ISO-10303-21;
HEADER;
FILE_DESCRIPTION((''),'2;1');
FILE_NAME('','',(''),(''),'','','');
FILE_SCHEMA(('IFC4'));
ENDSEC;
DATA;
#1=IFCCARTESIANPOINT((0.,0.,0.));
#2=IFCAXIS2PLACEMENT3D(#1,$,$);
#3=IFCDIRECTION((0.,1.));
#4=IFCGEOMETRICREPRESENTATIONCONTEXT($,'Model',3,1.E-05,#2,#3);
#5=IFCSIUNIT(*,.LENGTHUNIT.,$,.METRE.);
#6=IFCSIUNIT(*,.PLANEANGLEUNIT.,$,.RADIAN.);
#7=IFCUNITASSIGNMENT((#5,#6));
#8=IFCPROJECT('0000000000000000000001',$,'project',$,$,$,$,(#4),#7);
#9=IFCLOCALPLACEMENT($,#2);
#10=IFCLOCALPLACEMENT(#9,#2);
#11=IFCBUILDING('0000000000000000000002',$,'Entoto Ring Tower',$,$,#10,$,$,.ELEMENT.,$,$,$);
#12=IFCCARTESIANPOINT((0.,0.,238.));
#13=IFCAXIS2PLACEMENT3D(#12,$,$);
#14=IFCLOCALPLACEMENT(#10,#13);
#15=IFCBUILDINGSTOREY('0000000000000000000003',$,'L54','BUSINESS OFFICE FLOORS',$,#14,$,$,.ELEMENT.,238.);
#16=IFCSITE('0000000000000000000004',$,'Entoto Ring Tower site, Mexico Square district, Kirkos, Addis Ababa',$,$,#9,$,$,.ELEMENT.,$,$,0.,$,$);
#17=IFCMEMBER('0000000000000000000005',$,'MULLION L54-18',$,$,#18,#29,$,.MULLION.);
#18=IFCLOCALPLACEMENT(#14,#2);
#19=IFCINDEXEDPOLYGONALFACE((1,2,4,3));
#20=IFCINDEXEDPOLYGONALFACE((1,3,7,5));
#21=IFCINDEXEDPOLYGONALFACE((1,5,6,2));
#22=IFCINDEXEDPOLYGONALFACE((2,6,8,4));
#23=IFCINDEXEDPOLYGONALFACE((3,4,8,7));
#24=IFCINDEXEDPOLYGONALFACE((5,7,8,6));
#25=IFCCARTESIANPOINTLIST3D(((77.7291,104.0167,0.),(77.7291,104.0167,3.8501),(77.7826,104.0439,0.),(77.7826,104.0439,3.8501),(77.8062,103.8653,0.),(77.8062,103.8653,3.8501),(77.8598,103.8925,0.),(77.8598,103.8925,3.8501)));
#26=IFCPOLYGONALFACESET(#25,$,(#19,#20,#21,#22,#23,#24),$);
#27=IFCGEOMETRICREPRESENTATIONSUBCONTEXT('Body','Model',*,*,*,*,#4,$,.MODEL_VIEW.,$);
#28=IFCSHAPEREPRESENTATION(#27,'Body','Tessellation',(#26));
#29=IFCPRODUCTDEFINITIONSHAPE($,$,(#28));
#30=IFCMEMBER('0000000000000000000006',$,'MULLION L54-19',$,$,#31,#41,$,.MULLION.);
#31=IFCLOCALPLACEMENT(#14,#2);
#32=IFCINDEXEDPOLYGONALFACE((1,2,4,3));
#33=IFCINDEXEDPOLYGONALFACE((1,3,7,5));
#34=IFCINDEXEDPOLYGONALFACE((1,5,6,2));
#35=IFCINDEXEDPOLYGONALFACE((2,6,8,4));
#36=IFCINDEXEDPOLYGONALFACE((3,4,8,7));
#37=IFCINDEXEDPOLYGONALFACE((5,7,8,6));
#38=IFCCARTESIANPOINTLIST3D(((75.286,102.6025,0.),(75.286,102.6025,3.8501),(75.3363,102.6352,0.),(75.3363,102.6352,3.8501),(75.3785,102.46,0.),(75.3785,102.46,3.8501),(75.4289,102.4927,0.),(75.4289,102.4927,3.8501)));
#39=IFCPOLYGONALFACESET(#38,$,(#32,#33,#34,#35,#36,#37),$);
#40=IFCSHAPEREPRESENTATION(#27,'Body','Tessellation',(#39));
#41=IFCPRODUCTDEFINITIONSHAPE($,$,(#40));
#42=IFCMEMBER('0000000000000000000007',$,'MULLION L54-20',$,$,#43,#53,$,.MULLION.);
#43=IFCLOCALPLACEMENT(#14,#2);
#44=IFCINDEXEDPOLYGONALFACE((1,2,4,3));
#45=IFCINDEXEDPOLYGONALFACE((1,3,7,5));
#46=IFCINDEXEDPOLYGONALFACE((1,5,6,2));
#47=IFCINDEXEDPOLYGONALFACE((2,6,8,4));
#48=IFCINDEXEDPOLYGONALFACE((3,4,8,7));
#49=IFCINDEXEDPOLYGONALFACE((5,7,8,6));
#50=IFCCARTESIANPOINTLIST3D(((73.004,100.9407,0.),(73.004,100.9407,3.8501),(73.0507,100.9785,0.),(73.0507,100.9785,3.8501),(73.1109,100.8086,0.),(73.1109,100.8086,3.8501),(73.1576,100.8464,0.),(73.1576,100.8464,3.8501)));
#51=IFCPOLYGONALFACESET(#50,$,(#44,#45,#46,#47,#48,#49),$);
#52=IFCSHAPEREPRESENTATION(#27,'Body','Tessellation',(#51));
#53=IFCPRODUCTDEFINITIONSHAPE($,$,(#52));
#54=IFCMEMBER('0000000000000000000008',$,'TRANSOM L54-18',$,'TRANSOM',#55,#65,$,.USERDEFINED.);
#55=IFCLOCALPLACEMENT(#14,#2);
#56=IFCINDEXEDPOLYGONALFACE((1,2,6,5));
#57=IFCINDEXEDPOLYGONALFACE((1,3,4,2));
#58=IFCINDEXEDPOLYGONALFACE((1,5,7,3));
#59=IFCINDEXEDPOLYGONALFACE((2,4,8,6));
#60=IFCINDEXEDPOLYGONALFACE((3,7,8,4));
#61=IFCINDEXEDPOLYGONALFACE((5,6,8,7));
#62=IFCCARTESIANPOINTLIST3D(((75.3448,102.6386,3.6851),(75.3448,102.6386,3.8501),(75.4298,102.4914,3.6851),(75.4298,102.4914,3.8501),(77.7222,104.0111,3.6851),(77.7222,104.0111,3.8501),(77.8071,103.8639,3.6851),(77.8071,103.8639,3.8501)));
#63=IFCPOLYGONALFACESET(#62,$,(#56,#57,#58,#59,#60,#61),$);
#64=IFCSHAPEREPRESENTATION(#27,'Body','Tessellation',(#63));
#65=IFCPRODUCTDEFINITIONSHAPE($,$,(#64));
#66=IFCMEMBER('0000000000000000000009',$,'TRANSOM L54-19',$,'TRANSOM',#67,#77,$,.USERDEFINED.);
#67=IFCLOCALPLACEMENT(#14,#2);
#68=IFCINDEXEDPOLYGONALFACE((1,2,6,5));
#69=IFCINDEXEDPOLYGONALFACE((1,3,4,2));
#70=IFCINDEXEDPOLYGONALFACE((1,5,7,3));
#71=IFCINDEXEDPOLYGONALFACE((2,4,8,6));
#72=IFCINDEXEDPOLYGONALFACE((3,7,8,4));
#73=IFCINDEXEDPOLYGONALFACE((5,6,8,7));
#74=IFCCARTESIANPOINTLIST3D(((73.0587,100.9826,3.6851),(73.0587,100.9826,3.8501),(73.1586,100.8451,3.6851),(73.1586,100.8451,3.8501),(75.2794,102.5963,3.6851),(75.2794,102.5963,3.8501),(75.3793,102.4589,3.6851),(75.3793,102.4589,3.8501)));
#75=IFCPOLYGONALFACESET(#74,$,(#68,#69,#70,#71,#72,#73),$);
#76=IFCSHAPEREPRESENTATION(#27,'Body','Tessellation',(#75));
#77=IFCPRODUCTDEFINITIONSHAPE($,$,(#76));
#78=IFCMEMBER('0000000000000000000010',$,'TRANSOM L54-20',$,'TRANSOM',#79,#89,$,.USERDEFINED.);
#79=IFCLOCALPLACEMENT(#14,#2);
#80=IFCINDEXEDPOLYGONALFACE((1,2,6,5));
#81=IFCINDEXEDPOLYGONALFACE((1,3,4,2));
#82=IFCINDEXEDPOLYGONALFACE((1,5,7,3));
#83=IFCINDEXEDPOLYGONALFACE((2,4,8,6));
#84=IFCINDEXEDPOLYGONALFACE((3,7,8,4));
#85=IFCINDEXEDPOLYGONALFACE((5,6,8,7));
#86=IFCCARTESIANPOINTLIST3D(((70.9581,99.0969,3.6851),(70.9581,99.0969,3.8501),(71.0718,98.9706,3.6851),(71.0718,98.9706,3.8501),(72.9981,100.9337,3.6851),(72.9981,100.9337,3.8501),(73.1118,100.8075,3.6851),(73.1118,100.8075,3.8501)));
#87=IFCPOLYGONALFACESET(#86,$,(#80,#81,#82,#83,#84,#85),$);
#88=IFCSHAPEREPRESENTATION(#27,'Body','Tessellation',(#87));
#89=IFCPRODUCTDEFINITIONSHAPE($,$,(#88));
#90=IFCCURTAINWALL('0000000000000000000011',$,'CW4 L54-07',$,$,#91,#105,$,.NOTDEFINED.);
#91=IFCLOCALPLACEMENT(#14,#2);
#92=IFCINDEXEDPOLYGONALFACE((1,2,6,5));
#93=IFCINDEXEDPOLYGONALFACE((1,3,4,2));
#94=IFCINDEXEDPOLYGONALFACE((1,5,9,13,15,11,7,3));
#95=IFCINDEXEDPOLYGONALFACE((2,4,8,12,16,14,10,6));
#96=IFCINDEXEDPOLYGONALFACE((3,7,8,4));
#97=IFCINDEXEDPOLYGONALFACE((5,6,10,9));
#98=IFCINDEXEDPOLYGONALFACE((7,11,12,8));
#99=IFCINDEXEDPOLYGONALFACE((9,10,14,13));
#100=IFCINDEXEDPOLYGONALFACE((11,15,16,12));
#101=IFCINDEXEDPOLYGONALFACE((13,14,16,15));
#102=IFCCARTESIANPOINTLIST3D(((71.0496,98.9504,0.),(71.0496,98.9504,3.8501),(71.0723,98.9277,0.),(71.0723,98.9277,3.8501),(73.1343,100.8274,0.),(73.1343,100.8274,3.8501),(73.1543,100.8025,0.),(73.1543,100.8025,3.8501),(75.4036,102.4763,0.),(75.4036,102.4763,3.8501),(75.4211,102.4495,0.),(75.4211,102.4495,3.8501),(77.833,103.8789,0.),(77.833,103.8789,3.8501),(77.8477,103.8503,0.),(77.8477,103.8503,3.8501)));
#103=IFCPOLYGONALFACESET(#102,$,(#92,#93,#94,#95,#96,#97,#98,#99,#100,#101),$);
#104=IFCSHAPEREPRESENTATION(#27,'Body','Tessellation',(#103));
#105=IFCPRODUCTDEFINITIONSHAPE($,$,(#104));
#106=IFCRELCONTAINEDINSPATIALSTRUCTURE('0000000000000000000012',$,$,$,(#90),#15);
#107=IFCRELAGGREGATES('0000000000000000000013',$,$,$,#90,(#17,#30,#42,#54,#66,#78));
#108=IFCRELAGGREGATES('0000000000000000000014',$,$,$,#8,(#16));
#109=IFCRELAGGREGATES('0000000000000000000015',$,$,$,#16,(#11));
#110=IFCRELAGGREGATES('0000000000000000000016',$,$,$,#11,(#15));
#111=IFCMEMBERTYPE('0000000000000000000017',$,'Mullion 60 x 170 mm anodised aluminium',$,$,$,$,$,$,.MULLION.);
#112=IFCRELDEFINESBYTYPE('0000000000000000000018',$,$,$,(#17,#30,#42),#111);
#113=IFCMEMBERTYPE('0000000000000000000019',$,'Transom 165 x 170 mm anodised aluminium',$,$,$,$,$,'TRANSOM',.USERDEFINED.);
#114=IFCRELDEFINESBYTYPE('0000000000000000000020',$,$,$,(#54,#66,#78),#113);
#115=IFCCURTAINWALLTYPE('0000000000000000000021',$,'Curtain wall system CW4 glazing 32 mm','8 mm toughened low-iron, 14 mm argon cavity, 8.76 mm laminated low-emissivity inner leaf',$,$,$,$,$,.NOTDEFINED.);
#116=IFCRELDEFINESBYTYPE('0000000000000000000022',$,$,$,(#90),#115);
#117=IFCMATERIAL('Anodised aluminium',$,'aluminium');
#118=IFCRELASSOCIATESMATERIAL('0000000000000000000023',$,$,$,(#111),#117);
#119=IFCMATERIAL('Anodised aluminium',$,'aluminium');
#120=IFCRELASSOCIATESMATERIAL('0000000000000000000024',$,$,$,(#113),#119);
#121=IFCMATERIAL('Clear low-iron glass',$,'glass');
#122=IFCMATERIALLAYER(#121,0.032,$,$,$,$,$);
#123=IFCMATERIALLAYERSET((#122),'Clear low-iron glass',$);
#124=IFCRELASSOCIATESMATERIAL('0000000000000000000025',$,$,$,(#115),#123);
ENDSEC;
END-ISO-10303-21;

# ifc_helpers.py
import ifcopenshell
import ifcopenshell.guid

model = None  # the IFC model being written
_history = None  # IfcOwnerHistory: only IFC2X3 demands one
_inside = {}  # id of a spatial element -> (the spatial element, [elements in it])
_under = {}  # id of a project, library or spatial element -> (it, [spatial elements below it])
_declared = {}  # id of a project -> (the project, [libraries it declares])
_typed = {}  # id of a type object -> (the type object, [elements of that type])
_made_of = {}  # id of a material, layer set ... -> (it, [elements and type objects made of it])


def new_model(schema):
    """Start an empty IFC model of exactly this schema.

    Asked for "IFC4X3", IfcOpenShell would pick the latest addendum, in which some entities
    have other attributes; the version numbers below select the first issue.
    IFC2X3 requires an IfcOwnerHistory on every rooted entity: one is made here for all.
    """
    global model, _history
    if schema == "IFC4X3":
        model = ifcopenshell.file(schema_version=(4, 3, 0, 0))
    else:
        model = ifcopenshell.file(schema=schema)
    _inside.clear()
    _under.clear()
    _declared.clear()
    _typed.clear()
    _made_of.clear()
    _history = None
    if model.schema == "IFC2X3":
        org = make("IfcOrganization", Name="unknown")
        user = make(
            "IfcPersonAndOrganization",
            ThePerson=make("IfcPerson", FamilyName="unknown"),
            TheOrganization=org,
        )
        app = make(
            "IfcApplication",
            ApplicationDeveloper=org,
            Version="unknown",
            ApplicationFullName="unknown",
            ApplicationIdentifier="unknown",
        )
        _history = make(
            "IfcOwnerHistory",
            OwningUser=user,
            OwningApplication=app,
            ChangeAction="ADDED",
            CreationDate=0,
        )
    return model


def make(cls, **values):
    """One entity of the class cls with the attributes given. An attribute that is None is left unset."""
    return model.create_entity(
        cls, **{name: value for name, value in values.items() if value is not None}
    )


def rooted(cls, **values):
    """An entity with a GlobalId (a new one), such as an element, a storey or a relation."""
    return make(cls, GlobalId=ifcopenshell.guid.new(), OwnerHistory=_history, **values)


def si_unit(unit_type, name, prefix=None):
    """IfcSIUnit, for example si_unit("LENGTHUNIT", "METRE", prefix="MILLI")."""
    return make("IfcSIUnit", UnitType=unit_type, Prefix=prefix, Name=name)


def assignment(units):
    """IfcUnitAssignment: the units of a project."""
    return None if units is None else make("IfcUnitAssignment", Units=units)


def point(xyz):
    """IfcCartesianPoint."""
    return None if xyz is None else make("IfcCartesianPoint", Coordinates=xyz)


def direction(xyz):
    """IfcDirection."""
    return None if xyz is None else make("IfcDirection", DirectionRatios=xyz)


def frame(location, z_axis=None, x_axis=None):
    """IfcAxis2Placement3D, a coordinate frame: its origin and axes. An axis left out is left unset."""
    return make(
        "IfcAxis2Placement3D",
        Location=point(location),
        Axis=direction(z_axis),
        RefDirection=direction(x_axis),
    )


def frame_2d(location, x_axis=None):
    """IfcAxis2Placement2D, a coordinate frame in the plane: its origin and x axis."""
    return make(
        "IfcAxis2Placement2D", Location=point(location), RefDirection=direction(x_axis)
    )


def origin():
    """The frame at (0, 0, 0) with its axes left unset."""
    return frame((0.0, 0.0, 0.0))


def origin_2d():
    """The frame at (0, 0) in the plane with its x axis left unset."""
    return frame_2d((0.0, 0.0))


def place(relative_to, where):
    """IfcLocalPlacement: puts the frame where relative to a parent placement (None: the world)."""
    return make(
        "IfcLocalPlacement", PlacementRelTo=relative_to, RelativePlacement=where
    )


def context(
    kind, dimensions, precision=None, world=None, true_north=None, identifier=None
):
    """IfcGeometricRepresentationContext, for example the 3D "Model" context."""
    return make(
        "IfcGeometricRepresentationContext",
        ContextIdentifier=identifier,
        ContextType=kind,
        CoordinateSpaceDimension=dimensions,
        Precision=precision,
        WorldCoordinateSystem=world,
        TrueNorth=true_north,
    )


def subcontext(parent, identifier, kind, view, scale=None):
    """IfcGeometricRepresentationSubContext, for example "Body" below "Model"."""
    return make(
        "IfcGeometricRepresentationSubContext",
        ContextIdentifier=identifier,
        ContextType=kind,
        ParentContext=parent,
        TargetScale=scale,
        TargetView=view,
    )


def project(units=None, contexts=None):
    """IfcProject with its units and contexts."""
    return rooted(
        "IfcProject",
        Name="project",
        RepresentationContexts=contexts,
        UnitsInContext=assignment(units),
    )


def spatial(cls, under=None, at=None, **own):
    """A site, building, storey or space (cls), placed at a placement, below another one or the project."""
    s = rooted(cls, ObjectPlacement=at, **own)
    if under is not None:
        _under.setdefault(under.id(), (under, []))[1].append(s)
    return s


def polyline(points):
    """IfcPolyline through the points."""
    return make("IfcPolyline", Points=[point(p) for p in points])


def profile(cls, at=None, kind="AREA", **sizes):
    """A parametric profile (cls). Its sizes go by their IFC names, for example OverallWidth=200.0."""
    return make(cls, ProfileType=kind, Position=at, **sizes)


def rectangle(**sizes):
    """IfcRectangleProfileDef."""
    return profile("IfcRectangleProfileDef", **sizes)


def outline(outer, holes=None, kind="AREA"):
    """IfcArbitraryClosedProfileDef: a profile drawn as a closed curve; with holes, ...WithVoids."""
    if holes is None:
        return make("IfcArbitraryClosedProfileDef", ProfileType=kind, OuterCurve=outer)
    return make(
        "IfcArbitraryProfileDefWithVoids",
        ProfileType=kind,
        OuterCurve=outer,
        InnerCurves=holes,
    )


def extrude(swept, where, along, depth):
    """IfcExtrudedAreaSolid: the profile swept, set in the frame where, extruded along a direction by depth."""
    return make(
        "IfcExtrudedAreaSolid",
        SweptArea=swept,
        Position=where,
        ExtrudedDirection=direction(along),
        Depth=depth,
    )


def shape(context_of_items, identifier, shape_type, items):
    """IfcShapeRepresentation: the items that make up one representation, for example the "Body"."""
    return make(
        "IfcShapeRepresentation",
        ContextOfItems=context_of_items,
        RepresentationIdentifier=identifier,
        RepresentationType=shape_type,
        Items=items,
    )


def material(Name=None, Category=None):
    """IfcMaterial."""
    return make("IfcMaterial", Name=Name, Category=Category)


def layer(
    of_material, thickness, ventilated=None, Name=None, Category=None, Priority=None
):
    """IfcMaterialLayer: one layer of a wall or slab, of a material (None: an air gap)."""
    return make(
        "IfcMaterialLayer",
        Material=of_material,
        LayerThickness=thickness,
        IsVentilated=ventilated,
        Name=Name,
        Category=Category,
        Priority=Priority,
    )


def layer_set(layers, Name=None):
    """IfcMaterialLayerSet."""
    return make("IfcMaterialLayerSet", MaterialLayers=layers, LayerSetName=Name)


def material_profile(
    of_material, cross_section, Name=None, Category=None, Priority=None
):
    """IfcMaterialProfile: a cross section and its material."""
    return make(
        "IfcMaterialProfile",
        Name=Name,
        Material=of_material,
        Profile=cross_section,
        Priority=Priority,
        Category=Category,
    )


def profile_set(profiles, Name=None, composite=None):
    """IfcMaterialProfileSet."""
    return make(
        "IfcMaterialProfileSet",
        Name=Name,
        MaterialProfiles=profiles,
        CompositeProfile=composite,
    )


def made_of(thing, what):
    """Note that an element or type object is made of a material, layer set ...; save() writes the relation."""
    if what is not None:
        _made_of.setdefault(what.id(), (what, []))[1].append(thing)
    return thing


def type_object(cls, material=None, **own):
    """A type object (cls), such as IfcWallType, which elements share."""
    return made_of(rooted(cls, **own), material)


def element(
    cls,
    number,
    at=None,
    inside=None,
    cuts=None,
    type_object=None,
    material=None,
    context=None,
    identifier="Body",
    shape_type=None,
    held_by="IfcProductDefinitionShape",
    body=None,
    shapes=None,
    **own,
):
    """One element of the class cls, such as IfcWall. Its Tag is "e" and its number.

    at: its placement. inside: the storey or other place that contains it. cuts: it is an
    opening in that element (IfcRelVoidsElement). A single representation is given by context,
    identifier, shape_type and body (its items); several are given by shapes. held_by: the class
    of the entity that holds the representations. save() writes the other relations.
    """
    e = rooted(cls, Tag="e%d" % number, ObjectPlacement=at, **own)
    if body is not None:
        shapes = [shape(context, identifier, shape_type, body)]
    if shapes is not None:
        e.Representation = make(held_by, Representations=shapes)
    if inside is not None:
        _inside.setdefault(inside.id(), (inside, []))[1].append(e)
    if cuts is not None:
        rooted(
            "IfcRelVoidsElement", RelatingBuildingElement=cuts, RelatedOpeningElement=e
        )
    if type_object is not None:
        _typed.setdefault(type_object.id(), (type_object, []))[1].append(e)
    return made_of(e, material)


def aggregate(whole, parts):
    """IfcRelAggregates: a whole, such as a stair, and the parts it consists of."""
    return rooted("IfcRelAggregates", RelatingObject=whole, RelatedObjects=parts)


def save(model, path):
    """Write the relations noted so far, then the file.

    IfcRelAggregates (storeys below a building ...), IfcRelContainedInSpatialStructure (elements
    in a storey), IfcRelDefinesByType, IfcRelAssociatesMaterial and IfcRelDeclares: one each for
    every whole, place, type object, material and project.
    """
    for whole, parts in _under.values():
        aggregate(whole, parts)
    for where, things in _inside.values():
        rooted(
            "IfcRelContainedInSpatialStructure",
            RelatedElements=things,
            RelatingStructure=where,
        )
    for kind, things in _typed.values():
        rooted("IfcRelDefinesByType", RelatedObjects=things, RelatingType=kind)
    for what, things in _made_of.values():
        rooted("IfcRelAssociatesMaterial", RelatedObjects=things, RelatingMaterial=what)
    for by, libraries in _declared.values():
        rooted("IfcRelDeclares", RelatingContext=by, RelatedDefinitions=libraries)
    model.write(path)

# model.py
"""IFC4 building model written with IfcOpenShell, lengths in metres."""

from ifc_helpers import new_model, si_unit, direction, frame, origin, origin_2d, place, context, subcontext, project, spatial, polyline, rectangle, outline, extrude, material, layer, layer_set, material_profile, profile_set, type_object, element, aggregate, save


model = new_model("IFC4")

# Units and contexts
model_context = context("Model", 3, precision=1e-05, world=origin(), true_north=direction((0.0, 1.0)))
body_context = subcontext(model_context, "Body", "Model", "MODEL_VIEW")
ifc_project = project(units=[si_unit("LENGTHUNIT", "METRE"), si_unit("PLANEANGLEUNIT", "RADIAN")], contexts=[model_context])

# Members
ifc_material_1 = material(Name="Anodised aluminium", Category="aluminium")
ifc_material_profile_1 = material_profile(ifc_material_1, rectangle(XDim=0.0601, YDim=0.1699, at=origin_2d()), Name="Mullion 60 x 170 mm anodised aluminium")
ifc_profile_set_1 = profile_set([ifc_material_profile_1], Name="Anodised aluminium")
member_type_1 = type_object("IfcMemberType", Name="Mullion 60 x 170 mm anodised aluminium", PredefinedType="MULLION", material=ifc_profile_set_1)
site_placement = place(None, origin())
building_placement = place(site_placement, origin())
storey_placement = place(building_placement, frame((0.0, 0.0, 238.0)))
member_1_placement = place(storey_placement, frame((77.7944, 103.9546, 0.0), z_axis=(0.0, 0.0, 1.0), x_axis=(-0.891007, -0.45399, 0.0)))
member_1 = element("IfcMember", 1, at=member_1_placement, type_object=member_type_1, Name="MULLION L54-18", PredefinedType="MULLION", context=body_context, shape_type="SweptSolid", body=[
    extrude(rectangle(XDim=0.0601, YDim=0.1699, at=origin_2d()), origin(), (0.0, 0.0, 1.0), 3.8501),
])
member_2_placement = place(storey_placement, frame((75.3574, 102.5476, 0.0), z_axis=(0.0, 0.0, 1.0), x_axis=(-0.838671, -0.544639, 0.0)))
member_2 = element("IfcMember", 2, at=member_2_placement, type_object=member_type_1, Name="MULLION L54-19", PredefinedType="MULLION", context=body_context, shape_type="SweptSolid", body=[
    extrude(rectangle(XDim=0.0601, YDim=0.1699, at=origin_2d()), origin(), (0.0, 0.0, 1.0), 3.8501),
])
member_3_placement = place(storey_placement, frame((73.0808, 100.8936, 0.0), z_axis=(0.0, 0.0, 1.0), x_axis=(-0.777146, -0.62932, 0.0)))
member_3 = element("IfcMember", 3, at=member_3_placement, type_object=member_type_1, Name="MULLION L54-20", PredefinedType="MULLION", context=body_context, shape_type="SweptSolid", body=[
    extrude(rectangle(XDim=0.0601, YDim=0.1699, at=origin_2d()), origin(), (0.0, 0.0, 1.0), 3.8501),
])
ifc_material_2 = material(Name="Anodised aluminium", Category="aluminium")
ifc_material_profile_2 = material_profile(ifc_material_2, rectangle(XDim=0.1699, YDim=0.165, at=origin_2d()), Name="Transom 165 x 170 mm anodised aluminium")
ifc_profile_set_2 = profile_set([ifc_material_profile_2], Name="Anodised aluminium")
member_type_2 = type_object("IfcMemberType", Name="Transom 165 x 170 mm anodised aluminium", ElementType="TRANSOM", PredefinedType="USERDEFINED", material=ifc_profile_set_2)
member_4_placement = place(storey_placement, frame((77.7646, 103.9375, 3.7676), z_axis=(-0.866035, -0.499984, 0.0), x_axis=(0.499984, -0.866035, 0.0)))
member_4 = element("IfcMember", 4, at=member_4_placement, type_object=member_type_2, Name="TRANSOM L54-18", ObjectType="TRANSOM", PredefinedType="USERDEFINED", context=body_context, shape_type="SweptSolid", body=[
    extrude(rectangle(XDim=0.1699, YDim=0.165, at=origin_2d()), origin(), (0.0, 0.0, 1.0), 2.7451),
])
member_5_placement = place(storey_placement, frame((75.3293, 102.5276, 3.7676), z_axis=(-0.808959, -0.587865, 0.0), x_axis=(0.587865, -0.808959, 0.0)))
member_5 = element("IfcMember", 5, at=member_5_placement, type_object=member_type_2, Name="TRANSOM L54-19", ObjectType="TRANSOM", PredefinedType="USERDEFINED", context=body_context, shape_type="SweptSolid", body=[
    extrude(rectangle(XDim=0.1699, YDim=0.165, at=origin_2d()), origin(), (0.0, 0.0, 1.0), 2.7451),
])
member_6_placement = place(storey_placement, frame((73.0549, 100.8706, 3.7676), z_axis=(-0.743135, -0.669142, 0.0), x_axis=(0.669142, -0.743135, 0.0)))
member_6 = element("IfcMember", 6, at=member_6_placement, type_object=member_type_2, Name="TRANSOM L54-20", ObjectType="TRANSOM", PredefinedType="USERDEFINED", context=body_context, shape_type="SweptSolid", body=[
    extrude(rectangle(XDim=0.1699, YDim=0.165, at=origin_2d()), origin(), (0.0, 0.0, 1.0), 2.7451),
])

# Site, building, storey
site = spatial("IfcSite", under=ifc_project, at=site_placement, Name="Entoto Ring Tower site, Mexico Square district, Kirkos, Addis Ababa", CompositionType="ELEMENT", RefElevation=0.0)
building = spatial("IfcBuilding", under=site, at=building_placement, Name="Entoto Ring Tower", CompositionType="ELEMENT")
storey = spatial("IfcBuildingStorey", under=building, at=storey_placement, Name="L54", Description="BUSINESS OFFICE FLOORS", CompositionType="ELEMENT", Elevation=238.0)

# Curtain wall
ifc_material_3 = material(Name="Clear low-iron glass", Category="glass")
ifc_layer = layer(ifc_material_3, 0.032)
ifc_layer_set = layer_set([ifc_layer], Name="Clear low-iron glass")
curtain_wall_type = type_object("IfcCurtainWallType", Name="Curtain wall system CW4 glazing 32 mm", Description="8 mm toughened low-iron, 14 mm argon cavity, 8.76 mm laminated low-emissivity inner leaf", PredefinedType="NOTDEFINED", material=ifc_layer_set)
curtain_wall_1_placement = place(storey_placement, origin())
curtain_wall_1 = element("IfcCurtainWall", 7, at=curtain_wall_1_placement, inside=storey, type_object=curtain_wall_type, Name="CW4 L54-07", PredefinedType="NOTDEFINED", context=body_context, shape_type="SweptSolid", body=[
    extrude(outline(polyline([(77.833, 103.8789), (75.4036, 102.4763), (73.1343, 100.8274), (71.0496, 98.9504), (71.0723, 98.9277), (73.1543, 100.8025), (75.4211, 102.4495), (77.8477, 103.8503), (77.833, 103.8789)])), origin(), (0.0, 0.0, 1.0), 3.8501),
])
aggregate(curtain_wall_1, [member_1, member_2, member_3, member_4, member_5, member_6])

save(model, "model.ifc")
